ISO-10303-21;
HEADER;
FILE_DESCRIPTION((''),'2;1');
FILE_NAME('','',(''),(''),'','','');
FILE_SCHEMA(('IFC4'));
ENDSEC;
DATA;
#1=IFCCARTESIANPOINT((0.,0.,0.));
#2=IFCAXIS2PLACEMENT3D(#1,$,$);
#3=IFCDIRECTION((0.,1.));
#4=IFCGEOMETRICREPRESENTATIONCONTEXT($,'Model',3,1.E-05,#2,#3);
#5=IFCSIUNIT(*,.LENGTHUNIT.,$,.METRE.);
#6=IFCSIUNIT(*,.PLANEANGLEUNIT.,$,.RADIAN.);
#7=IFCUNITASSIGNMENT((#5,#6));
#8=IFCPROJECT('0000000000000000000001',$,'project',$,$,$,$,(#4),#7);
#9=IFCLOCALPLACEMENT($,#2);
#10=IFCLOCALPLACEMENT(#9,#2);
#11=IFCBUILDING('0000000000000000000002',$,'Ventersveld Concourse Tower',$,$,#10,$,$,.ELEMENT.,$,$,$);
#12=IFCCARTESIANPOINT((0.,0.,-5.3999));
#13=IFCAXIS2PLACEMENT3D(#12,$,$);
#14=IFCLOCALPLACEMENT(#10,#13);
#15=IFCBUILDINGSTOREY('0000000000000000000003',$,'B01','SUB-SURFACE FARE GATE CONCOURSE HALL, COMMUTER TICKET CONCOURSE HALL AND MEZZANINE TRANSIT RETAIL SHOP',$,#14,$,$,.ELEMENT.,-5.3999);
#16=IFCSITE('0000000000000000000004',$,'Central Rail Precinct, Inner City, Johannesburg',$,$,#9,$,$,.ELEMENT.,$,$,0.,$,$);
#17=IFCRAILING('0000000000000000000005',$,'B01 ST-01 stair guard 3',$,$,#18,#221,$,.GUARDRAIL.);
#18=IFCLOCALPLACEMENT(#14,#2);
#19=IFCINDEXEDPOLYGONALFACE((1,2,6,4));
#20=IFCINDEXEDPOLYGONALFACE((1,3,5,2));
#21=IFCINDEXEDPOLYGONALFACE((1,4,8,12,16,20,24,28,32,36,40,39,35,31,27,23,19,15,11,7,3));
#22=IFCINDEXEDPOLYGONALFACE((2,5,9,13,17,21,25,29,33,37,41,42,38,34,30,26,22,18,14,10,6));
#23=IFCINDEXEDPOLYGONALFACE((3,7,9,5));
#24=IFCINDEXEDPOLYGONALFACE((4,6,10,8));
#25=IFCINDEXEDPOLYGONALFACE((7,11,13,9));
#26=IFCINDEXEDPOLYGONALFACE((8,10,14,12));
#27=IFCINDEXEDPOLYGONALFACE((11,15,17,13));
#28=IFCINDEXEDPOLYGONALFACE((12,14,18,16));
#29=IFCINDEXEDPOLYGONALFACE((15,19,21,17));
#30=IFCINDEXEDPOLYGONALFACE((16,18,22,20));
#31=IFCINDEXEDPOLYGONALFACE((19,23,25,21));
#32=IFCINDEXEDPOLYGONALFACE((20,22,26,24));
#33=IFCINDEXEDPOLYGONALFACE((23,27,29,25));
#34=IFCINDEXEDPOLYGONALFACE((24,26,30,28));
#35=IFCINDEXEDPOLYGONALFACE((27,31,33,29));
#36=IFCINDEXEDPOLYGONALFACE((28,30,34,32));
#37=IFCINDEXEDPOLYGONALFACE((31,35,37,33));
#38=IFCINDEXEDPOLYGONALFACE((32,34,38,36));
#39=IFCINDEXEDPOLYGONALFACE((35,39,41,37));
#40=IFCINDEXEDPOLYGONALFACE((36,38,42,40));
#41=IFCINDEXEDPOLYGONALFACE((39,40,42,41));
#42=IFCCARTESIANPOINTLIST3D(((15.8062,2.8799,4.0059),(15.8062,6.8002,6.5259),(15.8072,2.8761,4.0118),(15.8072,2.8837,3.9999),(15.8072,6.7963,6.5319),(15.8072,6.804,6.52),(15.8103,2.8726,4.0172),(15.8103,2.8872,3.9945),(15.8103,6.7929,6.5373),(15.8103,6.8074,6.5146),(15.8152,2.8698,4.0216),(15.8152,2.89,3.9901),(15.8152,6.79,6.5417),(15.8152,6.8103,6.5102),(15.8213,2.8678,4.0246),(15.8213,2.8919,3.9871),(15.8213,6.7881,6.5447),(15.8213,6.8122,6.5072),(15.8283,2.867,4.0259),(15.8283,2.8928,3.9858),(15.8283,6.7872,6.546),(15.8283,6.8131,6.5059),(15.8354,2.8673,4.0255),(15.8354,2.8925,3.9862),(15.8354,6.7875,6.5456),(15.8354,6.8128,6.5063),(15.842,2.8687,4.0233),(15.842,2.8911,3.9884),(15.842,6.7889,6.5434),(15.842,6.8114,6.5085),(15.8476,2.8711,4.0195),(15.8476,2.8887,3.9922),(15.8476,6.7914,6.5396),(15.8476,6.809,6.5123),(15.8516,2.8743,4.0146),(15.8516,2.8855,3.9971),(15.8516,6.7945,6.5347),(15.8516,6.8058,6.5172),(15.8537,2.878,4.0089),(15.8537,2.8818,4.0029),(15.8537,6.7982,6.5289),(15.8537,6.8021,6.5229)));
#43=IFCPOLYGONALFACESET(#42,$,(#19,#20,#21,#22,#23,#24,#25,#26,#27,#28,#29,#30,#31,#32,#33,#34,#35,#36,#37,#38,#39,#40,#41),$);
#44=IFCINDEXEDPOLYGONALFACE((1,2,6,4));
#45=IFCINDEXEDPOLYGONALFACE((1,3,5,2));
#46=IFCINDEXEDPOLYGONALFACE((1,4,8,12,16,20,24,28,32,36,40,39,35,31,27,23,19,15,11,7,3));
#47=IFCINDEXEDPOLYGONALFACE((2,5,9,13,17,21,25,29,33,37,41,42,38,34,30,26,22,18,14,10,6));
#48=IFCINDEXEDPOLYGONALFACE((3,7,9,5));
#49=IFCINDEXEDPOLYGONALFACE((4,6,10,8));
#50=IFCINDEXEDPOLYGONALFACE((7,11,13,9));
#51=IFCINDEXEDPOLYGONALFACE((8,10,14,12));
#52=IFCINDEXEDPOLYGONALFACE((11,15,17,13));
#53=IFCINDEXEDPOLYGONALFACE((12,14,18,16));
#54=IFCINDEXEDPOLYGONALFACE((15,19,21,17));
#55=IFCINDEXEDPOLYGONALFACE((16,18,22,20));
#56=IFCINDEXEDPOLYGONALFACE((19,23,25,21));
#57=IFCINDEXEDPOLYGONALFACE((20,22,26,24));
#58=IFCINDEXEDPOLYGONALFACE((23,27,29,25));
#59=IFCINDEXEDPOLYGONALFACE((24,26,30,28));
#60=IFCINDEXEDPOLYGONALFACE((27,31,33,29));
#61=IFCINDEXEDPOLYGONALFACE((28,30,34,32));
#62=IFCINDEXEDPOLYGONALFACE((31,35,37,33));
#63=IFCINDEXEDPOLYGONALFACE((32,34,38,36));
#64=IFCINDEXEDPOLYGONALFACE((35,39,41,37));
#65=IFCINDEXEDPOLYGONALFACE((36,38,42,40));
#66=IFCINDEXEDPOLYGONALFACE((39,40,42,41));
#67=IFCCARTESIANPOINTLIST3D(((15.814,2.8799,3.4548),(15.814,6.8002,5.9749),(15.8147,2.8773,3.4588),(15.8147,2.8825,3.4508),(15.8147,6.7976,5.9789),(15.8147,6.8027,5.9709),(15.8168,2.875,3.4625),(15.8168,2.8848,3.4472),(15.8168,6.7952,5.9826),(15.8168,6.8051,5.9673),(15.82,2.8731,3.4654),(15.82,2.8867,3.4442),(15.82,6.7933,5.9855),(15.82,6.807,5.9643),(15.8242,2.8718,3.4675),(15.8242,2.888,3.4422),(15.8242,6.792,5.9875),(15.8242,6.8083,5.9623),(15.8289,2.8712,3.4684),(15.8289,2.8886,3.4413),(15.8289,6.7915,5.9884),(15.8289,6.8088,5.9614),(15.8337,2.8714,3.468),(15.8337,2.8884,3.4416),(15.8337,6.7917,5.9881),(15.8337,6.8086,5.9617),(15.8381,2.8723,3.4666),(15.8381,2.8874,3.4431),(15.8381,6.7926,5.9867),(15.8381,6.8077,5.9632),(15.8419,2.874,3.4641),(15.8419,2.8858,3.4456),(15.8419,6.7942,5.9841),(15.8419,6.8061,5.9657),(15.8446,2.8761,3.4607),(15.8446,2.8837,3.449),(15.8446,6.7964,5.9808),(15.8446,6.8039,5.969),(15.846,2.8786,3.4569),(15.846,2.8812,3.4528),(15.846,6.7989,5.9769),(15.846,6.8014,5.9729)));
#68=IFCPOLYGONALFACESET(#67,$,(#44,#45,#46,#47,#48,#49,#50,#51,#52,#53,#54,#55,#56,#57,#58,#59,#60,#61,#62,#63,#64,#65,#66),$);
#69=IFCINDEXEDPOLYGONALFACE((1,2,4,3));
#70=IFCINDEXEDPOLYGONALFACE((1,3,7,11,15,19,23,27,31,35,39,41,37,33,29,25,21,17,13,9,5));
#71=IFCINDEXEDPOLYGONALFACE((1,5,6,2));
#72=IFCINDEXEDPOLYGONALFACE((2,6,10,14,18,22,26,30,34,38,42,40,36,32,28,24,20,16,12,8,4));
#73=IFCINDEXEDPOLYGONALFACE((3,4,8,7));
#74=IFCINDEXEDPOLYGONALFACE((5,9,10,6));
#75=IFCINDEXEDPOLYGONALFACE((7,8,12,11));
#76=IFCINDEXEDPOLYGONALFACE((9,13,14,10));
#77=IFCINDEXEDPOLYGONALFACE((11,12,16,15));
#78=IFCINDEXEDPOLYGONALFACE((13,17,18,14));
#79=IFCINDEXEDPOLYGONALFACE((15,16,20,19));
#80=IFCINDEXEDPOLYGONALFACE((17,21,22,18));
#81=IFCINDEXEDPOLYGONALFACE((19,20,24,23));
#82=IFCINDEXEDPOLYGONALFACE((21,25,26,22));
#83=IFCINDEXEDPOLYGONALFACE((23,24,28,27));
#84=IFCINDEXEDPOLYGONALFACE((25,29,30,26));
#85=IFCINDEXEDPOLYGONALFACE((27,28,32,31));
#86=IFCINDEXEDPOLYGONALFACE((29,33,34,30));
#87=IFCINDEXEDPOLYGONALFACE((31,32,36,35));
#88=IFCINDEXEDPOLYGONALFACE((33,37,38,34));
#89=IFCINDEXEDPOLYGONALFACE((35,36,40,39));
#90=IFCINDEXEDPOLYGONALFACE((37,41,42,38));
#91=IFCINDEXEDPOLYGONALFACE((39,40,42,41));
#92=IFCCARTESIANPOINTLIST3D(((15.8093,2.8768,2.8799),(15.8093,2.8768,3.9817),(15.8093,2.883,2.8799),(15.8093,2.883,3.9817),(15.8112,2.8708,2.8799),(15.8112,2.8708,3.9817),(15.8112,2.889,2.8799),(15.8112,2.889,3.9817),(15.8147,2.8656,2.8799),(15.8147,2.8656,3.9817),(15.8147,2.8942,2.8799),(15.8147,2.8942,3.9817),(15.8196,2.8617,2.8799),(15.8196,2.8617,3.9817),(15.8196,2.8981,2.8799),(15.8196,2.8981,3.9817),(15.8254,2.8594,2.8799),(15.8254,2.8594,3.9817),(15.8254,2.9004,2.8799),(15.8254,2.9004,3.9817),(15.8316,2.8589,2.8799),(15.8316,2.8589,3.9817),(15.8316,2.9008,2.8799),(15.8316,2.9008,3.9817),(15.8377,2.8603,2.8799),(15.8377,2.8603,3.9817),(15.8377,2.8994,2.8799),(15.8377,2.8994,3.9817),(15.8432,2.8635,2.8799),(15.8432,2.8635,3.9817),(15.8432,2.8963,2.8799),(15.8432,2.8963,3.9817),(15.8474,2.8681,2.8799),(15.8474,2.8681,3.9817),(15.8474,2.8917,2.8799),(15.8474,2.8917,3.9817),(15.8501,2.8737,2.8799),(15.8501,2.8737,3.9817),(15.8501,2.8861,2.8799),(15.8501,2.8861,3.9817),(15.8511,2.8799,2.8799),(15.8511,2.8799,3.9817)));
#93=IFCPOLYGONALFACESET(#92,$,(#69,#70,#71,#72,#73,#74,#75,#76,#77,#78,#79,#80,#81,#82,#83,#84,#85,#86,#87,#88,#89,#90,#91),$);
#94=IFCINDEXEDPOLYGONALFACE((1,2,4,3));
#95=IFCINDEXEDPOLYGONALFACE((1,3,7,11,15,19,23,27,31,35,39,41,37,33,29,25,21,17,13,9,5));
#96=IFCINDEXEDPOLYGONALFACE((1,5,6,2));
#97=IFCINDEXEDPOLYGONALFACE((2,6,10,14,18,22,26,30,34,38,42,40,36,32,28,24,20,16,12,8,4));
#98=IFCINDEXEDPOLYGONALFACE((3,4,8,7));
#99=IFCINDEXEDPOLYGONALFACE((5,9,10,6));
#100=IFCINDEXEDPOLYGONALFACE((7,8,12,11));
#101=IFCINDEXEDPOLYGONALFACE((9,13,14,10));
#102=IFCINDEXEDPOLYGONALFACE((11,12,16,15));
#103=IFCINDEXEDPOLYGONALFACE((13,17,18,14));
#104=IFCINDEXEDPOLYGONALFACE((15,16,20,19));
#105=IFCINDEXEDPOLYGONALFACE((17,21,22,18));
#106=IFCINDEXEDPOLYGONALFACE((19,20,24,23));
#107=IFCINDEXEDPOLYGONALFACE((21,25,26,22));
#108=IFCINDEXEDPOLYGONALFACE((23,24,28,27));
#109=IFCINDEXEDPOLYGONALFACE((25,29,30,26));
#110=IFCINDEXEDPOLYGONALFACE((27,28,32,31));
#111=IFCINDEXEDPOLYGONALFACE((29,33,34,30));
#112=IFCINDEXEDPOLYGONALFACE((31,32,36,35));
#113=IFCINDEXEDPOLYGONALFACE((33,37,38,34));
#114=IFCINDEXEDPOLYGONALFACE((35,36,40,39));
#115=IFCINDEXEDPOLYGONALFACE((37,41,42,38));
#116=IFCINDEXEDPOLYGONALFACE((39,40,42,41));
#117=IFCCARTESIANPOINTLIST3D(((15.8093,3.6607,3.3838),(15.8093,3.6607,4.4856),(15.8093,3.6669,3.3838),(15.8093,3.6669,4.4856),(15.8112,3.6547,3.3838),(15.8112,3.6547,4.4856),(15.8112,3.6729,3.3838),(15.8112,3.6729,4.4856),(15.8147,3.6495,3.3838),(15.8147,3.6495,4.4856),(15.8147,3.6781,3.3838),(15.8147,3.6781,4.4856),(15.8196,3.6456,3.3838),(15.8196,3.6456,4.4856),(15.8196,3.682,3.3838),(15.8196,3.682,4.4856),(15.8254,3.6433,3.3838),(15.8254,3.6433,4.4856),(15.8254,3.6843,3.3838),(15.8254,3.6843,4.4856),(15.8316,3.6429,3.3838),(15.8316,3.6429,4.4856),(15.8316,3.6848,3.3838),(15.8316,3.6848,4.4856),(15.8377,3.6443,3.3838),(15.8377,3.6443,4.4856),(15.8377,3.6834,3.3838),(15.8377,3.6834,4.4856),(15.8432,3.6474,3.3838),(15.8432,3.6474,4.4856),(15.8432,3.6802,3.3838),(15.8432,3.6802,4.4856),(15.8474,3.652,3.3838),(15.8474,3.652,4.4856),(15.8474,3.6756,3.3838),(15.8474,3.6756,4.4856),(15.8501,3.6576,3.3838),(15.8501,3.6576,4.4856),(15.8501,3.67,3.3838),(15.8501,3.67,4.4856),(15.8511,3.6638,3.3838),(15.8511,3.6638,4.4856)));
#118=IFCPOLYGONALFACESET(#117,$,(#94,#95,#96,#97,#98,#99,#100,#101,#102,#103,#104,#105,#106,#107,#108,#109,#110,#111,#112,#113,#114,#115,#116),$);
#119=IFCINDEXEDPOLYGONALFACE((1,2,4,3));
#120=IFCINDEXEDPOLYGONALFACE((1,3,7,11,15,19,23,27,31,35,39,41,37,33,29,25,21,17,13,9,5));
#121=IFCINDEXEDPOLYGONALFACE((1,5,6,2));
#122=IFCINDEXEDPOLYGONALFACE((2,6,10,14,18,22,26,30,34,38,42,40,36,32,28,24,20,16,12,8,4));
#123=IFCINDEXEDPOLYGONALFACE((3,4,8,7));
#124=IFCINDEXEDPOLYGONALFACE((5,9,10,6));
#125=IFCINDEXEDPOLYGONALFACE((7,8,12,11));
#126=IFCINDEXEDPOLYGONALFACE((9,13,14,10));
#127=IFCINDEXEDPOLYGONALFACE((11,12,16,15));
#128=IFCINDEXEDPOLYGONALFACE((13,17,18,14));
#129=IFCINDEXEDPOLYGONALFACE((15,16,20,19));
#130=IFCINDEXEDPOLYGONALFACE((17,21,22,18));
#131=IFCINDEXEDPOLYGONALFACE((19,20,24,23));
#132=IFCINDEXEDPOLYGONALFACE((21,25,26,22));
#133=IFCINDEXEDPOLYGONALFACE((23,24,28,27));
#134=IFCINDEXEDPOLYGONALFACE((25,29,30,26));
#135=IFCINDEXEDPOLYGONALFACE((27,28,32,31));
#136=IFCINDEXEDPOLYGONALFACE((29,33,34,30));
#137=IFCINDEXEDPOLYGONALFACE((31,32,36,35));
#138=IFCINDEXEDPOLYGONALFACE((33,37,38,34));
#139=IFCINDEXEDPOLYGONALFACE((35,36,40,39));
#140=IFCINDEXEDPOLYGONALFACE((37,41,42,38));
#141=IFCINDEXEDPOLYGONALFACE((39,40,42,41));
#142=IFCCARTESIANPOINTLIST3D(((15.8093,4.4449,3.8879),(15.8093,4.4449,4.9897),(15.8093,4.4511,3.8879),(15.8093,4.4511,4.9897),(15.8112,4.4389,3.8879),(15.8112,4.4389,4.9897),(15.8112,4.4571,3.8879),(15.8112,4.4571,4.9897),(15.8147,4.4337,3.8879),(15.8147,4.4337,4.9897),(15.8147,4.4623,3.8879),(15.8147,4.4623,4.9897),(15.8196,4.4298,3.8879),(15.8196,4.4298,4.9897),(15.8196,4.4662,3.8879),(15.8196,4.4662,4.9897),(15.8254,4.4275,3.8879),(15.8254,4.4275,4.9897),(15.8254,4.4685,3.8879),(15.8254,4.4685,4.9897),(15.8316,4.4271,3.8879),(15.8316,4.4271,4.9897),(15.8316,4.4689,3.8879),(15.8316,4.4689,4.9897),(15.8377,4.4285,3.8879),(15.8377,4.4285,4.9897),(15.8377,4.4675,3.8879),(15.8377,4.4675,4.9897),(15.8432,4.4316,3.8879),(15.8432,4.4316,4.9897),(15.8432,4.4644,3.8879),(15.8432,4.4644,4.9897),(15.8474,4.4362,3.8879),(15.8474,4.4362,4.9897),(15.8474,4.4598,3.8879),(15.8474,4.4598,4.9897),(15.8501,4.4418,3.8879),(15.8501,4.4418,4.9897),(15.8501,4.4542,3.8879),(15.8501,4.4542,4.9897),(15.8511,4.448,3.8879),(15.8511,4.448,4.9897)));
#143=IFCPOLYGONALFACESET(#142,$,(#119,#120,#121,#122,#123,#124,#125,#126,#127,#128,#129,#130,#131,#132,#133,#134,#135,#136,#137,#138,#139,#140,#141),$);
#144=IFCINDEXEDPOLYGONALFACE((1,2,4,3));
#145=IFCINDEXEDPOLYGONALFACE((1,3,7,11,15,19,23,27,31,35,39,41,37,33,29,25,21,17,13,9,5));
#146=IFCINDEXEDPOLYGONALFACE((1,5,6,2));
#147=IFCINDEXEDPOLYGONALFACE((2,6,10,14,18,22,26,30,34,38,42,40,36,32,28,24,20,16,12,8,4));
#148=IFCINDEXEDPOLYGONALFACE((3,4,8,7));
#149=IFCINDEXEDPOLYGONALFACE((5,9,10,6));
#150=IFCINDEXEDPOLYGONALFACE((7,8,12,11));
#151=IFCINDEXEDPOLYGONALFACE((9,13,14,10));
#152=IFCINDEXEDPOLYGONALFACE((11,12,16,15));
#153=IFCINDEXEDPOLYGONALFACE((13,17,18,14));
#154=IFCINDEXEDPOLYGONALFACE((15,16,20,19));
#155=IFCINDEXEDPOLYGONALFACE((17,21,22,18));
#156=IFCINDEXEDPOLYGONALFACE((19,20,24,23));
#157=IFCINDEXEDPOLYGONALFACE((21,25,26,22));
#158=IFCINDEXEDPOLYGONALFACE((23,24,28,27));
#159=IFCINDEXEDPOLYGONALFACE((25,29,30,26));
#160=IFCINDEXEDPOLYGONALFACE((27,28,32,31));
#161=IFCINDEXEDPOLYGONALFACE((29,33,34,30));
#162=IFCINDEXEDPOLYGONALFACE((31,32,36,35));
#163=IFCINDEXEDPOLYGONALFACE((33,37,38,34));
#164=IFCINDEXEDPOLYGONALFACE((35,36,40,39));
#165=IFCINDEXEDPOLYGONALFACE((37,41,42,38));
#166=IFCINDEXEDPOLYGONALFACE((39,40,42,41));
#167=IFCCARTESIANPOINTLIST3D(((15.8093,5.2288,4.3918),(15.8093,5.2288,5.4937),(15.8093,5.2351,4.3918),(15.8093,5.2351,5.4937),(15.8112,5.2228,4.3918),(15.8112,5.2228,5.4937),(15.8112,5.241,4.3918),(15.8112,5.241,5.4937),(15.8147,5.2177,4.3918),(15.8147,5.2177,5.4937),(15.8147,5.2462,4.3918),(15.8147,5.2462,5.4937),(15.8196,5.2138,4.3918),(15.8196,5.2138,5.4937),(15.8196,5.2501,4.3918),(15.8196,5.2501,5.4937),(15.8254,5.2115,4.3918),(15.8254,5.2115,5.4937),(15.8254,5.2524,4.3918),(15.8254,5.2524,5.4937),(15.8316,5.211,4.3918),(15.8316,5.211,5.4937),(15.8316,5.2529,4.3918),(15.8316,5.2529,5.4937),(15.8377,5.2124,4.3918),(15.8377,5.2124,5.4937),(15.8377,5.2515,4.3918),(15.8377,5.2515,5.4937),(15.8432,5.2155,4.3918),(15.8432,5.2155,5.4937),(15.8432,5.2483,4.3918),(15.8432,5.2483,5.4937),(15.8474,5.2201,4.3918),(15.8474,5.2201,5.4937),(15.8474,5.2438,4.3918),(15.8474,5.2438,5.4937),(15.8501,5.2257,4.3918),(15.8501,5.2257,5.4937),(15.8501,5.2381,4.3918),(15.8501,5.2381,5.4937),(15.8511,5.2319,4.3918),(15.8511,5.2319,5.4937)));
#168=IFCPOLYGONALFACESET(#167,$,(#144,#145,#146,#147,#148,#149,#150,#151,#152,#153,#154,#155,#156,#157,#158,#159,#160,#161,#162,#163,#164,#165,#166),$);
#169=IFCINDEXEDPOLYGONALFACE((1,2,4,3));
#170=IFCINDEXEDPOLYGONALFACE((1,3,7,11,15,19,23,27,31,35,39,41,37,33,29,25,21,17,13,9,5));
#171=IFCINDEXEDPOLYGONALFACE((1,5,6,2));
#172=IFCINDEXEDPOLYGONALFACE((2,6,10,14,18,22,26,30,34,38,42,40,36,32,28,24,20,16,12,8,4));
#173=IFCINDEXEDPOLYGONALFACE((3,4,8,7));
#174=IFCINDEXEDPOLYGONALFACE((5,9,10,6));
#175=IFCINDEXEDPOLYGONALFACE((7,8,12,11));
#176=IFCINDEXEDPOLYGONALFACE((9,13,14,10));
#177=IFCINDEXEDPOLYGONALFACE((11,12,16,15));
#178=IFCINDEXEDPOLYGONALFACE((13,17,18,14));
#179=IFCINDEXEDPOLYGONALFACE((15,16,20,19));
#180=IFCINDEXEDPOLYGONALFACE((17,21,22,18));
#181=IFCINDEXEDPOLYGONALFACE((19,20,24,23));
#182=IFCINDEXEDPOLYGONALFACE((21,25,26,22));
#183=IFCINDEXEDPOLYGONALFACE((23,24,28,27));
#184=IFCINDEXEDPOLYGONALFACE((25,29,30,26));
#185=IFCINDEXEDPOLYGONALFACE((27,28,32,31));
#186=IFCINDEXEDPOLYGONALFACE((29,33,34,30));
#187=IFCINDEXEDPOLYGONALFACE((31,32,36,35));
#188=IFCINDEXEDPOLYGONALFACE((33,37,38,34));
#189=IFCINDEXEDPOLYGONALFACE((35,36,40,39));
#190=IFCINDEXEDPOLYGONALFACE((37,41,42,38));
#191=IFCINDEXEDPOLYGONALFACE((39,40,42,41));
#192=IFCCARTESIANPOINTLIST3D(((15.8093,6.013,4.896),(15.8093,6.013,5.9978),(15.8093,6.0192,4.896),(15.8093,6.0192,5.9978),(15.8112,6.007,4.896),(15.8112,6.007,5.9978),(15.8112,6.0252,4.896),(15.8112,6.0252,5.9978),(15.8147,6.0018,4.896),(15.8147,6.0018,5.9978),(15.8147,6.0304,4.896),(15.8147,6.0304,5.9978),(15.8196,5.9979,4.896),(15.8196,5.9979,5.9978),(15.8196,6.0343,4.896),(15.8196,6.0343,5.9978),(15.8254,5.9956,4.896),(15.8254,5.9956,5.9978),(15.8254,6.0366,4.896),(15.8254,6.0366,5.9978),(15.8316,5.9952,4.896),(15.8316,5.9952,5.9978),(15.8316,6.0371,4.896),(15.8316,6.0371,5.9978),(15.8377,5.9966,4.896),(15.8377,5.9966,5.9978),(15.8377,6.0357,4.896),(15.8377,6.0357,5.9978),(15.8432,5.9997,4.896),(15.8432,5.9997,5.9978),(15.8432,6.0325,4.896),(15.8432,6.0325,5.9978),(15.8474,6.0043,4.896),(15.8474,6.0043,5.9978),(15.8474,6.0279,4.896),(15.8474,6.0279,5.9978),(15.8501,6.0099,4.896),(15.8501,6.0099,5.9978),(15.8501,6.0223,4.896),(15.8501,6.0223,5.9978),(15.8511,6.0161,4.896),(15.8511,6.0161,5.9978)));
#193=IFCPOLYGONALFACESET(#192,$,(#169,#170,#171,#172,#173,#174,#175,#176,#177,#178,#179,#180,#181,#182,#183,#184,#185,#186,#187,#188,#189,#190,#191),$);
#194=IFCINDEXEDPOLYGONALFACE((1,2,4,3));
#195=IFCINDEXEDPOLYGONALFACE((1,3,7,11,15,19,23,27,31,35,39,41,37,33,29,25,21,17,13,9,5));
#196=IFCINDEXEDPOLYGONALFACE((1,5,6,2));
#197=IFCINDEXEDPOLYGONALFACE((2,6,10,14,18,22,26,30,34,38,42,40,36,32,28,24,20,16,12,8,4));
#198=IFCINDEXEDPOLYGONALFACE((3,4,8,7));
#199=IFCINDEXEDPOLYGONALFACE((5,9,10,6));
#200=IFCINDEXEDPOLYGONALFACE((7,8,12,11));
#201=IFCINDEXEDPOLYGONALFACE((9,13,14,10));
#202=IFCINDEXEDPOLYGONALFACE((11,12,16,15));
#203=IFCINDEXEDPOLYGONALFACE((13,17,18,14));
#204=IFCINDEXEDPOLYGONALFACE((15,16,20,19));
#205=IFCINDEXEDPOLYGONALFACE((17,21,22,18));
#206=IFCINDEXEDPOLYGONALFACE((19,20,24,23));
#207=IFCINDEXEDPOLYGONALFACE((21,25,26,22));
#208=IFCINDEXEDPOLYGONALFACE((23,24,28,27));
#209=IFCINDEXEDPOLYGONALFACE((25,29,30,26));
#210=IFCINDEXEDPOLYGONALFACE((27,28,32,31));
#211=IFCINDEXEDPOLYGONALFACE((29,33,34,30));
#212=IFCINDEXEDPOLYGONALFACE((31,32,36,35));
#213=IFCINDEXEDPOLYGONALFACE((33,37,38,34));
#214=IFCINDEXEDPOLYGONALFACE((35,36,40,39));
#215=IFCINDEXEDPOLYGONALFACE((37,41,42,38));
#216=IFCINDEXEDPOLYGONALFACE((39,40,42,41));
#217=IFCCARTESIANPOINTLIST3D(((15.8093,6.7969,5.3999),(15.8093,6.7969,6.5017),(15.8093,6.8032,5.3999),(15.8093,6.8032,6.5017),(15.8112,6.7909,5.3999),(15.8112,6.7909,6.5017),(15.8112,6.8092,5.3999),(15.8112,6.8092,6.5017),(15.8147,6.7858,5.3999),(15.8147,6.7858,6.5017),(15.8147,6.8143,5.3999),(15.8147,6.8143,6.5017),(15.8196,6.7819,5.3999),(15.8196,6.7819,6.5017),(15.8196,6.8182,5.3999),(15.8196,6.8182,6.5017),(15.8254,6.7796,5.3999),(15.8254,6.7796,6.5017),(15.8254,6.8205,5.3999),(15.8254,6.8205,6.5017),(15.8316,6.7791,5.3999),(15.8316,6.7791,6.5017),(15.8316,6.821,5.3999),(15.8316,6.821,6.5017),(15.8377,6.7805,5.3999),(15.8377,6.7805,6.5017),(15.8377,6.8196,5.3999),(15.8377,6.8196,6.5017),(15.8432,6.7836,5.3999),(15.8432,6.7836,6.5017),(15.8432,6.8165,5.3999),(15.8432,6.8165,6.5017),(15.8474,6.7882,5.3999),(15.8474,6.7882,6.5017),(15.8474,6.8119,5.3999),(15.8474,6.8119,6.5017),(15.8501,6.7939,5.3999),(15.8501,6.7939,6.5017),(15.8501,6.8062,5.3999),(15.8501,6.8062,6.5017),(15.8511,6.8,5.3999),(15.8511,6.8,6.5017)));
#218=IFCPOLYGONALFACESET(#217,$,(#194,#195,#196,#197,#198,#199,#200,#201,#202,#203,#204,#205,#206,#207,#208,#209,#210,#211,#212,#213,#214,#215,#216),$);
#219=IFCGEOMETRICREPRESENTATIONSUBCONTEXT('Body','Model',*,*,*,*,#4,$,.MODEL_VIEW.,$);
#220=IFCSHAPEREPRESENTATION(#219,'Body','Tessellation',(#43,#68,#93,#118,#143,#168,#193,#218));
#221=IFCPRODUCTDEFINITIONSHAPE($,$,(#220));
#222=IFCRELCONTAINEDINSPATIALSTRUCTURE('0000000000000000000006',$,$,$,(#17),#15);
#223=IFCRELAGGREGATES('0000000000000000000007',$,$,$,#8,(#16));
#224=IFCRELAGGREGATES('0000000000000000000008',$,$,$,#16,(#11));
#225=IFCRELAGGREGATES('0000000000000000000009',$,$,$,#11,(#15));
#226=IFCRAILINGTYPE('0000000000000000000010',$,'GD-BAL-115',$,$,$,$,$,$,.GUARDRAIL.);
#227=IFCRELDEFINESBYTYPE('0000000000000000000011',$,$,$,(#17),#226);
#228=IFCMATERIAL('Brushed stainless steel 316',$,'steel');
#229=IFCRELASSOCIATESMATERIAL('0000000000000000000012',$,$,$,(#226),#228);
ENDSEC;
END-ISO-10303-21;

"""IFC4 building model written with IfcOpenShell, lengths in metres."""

from ifc_helpers import new_model, si_unit, direction, frame, origin, origin_2d, place, context, subcontext, project, spatial, circle, extrude, material, type_object, element, save


model = new_model("IFC4")

# Units and contexts
model_context = context("Model", 3, precision=1e-05, world=origin(), true_north=direction((0.0, 1.0)))
body_context = subcontext(model_context, "Body", "Model", "MODEL_VIEW")
ifc_project = project(units=[si_unit("LENGTHUNIT", "METRE"), si_unit("PLANEANGLEUNIT", "RADIAN")], contexts=[model_context])

# Site, building, storey
site_placement = place(None, origin())
site = spatial("IfcSite", under=ifc_project, at=site_placement, Name="Central Rail Precinct, Inner City, Johannesburg", CompositionType="ELEMENT", RefElevation=0.0)
building_placement = place(site_placement, origin())
building = spatial("IfcBuilding", under=site, at=building_placement, Name="Ventersveld Concourse Tower", CompositionType="ELEMENT")
storey_placement = place(building_placement, frame((0.0, 0.0, -5.3999)))
storey = spatial("IfcBuildingStorey", under=building, at=storey_placement, Name="B01", Description="SUB-SURFACE FARE GATE CONCOURSE HALL, COMMUTER TICKET CONCOURSE HALL AND MEZZANINE TRANSIT RETAIL SHOP", CompositionType="ELEMENT", Elevation=-5.3999)

# Railing
ifc_material_1 = material(Name="Brushed stainless steel 316", Category="steel")
railing_type_1 = type_object("IfcRailingType", Name="GD-BAL-115", PredefinedType="GUARDRAIL", material=ifc_material_1)
railing_1_placement = place(storey_placement, frame((15.8301, 2.8799, 2.8799)))
element("IfcRailing", 1, at=railing_1_placement, inside=storey, type_object=railing_type_1, Name="B01 ST-01 stair guard 3", PredefinedType="GUARDRAIL", context=body_context, shape_type="SweptSolid", body=[
    extrude(circle(Radius=0.0239, at=origin_2d()), frame((0.0, 0.0, 1.126), z_axis=(0.0, 0.841187, 0.540744), x_axis=(-1.0, 0.0, 0.0)), (0.0, 0.0, 1.0), 4.6604),
    extrude(circle(Radius=0.0161, at=origin_2d()), frame((0.0, 0.0, 0.575), z_axis=(0.0, 0.841187, 0.540744), x_axis=(-1.0, 0.0, 0.0)), (0.0, 0.0, 1.0), 4.6604),
    extrude(circle(Radius=0.021, at=origin_2d()), origin(), (0.0, 0.0, 1.0), 1.1018),
    extrude(circle(Radius=0.021, at=origin_2d()), frame((0.0, 0.7839, 0.5039)), (0.0, 0.0, 1.0), 1.1018),
    extrude(circle(Radius=0.021, at=origin_2d()), frame((0.0, 1.5681, 1.0081)), (0.0, 0.0, 1.0), 1.1018),
    extrude(circle(Radius=0.021, at=origin_2d()), frame((0.0, 2.3521, 1.512)), (0.0, 0.0, 1.0), 1.1018),
    extrude(circle(Radius=0.021, at=origin_2d()), frame((0.0, 3.1362, 2.0161)), (0.0, 0.0, 1.0), 1.1018),
    extrude(circle(Radius=0.021, at=origin_2d()), frame((0.0, 3.9202, 2.52)), (0.0, 0.0, 1.0), 1.1018),
])

save(model, "model.ifc")
